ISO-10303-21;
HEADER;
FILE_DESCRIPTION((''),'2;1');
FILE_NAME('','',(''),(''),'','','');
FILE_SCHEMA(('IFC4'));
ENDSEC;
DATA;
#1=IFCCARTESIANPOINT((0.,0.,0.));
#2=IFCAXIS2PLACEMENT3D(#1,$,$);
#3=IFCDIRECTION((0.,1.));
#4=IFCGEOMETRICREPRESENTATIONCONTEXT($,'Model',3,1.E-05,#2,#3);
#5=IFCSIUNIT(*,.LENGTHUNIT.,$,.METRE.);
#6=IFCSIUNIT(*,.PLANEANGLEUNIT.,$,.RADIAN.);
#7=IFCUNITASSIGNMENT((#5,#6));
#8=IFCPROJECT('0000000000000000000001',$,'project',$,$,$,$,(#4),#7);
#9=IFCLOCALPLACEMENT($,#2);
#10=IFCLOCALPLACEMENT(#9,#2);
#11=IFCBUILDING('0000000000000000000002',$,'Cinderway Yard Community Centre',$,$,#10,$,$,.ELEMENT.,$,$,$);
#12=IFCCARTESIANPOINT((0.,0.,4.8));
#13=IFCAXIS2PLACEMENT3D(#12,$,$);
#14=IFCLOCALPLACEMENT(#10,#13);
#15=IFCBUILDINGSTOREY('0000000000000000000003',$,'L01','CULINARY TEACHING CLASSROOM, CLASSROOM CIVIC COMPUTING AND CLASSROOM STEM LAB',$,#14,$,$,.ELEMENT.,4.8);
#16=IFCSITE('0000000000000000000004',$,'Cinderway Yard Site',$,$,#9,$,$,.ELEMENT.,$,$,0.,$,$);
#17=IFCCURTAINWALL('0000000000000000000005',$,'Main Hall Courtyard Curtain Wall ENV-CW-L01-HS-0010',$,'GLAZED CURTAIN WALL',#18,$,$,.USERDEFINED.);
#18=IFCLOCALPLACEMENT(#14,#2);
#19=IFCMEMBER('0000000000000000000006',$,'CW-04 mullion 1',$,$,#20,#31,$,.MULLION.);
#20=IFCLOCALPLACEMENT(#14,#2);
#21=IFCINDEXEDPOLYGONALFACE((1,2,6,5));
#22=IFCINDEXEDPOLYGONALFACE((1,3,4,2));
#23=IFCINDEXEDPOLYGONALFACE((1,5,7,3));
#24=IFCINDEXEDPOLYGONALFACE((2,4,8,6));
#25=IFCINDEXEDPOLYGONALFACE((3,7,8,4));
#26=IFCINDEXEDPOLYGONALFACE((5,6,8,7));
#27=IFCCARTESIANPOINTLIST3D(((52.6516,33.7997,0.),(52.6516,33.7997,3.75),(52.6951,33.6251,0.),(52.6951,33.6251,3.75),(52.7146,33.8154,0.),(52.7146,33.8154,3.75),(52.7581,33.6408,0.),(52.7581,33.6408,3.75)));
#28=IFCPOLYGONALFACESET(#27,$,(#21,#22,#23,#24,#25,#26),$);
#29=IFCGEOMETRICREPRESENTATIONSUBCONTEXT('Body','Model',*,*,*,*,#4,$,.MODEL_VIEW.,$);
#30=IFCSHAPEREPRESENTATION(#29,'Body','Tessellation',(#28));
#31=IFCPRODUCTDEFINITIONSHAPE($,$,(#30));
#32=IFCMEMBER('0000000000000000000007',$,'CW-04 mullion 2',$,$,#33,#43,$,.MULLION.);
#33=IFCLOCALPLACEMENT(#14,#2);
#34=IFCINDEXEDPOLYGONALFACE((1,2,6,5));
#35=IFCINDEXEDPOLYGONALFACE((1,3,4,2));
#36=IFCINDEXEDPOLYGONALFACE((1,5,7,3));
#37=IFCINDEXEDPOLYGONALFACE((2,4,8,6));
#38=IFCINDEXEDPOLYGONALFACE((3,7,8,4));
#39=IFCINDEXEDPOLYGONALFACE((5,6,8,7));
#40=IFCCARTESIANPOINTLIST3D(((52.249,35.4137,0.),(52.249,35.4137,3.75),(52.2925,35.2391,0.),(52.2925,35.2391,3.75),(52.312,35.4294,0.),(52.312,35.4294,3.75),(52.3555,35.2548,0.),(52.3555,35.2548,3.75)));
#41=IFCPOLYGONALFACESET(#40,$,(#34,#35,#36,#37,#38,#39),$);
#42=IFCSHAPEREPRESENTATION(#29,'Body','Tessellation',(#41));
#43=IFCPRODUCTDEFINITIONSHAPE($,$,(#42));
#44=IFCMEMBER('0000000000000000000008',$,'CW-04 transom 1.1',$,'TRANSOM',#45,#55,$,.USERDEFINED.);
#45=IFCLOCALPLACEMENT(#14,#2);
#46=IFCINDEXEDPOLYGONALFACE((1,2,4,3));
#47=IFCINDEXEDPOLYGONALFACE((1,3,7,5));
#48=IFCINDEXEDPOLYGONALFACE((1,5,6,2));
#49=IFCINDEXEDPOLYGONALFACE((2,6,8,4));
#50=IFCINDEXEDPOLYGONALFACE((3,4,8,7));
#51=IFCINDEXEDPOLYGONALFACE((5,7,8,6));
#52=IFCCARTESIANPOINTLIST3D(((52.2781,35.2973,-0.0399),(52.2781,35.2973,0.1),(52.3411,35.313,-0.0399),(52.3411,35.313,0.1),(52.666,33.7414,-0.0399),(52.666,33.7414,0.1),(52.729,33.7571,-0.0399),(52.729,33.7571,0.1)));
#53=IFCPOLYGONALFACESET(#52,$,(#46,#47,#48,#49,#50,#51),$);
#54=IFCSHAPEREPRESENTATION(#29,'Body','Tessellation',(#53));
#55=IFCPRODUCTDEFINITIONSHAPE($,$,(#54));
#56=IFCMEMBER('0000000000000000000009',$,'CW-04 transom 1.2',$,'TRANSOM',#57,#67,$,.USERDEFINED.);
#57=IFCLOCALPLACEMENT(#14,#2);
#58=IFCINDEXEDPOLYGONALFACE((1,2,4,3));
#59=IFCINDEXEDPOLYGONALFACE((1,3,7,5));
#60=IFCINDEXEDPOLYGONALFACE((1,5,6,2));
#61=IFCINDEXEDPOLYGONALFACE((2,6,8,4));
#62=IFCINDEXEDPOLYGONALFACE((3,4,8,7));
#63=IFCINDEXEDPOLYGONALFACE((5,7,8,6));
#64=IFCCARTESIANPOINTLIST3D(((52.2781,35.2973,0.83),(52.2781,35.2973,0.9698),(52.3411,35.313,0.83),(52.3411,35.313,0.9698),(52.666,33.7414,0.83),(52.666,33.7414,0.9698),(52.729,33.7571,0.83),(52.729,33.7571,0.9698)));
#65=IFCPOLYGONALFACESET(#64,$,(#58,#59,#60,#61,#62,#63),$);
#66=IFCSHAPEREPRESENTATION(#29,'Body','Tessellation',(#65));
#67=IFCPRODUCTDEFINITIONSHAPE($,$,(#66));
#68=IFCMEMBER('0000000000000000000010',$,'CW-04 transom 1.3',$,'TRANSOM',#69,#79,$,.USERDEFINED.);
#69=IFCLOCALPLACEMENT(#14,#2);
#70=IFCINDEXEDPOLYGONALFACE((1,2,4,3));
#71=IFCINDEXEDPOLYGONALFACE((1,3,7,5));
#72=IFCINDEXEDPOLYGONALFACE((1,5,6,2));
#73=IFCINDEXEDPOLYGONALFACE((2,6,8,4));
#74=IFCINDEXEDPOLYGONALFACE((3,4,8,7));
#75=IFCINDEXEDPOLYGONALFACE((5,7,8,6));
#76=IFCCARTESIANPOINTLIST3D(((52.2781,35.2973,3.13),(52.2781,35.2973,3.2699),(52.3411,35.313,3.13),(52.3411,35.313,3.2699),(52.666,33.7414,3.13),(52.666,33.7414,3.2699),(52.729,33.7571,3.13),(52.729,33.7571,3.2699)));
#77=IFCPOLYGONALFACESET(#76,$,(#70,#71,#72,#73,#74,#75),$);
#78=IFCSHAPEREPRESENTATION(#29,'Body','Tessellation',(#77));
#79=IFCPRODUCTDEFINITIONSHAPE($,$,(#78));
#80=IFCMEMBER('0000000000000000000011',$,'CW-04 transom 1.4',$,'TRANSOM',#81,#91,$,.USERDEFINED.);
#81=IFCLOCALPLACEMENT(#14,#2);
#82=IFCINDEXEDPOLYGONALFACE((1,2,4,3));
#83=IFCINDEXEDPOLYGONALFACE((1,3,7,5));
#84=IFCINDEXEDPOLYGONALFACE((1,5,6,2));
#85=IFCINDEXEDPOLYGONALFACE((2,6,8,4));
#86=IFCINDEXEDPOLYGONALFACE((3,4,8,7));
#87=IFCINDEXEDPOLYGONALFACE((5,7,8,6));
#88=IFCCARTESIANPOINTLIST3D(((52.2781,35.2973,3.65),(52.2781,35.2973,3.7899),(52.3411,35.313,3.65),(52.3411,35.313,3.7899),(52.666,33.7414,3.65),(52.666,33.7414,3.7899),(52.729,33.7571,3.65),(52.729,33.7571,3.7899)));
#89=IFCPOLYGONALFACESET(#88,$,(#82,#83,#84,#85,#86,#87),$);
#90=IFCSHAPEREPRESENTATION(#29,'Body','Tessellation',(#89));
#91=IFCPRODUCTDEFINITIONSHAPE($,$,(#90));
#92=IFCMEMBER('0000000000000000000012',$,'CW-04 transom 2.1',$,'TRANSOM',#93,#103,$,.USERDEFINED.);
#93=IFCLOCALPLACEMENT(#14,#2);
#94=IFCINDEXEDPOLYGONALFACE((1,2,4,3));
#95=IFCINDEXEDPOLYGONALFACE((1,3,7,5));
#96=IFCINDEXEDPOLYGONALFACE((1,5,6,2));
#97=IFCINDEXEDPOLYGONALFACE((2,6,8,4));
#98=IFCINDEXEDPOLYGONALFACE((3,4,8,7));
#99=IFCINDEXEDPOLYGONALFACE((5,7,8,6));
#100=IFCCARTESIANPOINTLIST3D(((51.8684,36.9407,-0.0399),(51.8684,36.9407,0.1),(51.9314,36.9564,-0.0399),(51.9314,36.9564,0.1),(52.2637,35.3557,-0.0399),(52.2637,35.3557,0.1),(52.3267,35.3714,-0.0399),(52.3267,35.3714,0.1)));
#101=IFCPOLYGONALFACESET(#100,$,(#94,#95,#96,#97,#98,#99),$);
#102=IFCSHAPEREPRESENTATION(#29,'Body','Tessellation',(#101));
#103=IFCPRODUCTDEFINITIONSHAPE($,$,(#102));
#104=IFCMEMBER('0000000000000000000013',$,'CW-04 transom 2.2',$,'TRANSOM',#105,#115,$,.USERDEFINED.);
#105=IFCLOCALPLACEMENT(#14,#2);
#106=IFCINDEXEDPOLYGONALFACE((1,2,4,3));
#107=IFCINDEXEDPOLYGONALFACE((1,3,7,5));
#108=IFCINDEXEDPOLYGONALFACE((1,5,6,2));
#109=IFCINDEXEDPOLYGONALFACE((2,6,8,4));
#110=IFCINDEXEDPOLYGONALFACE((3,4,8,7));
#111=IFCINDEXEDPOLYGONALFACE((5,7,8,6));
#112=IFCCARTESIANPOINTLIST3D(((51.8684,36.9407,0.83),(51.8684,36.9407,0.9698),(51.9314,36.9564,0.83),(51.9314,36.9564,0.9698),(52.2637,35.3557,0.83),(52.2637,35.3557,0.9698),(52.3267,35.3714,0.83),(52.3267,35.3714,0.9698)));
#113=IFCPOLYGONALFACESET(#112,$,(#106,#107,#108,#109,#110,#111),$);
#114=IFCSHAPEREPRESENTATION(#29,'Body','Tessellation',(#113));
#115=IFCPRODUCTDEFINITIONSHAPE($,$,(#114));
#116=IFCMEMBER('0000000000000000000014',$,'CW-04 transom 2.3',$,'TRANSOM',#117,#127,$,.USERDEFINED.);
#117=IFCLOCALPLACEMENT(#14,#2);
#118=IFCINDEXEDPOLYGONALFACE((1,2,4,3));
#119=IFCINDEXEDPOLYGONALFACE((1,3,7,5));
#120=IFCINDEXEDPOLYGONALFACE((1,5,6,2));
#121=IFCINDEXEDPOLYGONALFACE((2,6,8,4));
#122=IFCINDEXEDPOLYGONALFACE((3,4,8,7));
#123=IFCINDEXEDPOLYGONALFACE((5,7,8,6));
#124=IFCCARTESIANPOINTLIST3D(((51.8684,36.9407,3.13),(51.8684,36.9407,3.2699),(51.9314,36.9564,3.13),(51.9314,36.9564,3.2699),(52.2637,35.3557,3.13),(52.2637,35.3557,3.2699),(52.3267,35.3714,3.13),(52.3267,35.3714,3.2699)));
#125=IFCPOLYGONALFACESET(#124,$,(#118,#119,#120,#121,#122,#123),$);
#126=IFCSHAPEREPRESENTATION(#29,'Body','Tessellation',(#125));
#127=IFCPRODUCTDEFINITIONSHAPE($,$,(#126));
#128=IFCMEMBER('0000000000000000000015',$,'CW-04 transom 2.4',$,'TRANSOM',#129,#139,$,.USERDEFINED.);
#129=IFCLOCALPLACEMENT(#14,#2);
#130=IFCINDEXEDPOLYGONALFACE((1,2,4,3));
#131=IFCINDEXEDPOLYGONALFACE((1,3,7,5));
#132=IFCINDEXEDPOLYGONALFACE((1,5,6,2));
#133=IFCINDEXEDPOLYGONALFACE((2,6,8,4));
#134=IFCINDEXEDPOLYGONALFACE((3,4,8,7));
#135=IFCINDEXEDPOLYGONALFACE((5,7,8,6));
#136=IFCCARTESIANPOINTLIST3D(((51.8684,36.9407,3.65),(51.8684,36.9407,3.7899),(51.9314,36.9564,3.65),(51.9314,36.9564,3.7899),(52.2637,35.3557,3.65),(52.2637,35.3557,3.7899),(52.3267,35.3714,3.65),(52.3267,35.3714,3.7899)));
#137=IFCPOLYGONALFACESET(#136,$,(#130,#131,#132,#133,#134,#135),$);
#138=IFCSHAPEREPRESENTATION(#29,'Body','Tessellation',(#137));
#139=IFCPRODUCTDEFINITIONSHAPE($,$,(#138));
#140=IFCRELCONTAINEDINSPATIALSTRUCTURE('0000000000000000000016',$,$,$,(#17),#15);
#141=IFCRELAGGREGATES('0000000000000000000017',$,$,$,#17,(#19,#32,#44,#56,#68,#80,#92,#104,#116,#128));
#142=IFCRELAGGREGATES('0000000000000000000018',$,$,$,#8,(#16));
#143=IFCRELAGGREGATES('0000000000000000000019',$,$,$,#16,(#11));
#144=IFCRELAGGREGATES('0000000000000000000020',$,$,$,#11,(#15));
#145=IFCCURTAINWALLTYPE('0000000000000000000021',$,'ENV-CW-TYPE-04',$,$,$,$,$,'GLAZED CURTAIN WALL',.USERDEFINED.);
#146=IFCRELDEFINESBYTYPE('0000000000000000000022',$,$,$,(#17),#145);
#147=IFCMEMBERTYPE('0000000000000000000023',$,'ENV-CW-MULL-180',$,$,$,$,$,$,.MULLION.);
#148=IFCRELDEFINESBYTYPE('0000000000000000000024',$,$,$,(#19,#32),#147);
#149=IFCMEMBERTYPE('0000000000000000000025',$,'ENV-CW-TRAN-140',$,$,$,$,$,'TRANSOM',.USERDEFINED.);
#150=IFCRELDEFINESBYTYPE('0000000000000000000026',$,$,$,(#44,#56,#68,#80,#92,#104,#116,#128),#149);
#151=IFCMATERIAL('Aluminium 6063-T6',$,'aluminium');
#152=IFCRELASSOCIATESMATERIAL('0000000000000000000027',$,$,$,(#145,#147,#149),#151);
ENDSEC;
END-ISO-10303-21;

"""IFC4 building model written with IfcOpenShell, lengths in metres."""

from ifc_helpers import new_model, si_unit, direction, frame, origin, origin_2d, place, context, subcontext, project, spatial, rectangle, extrude, material, material_profile, profile_set, type_object, element, aggregate, save


model = new_model("IFC4")

# Units and contexts
model_context = context("Model", 3, precision=1e-05, world=origin(), true_north=direction((0.0, 1.0)))
body_context = subcontext(model_context, "Body", "Model", "MODEL_VIEW")
ifc_project = project(units=[si_unit("LENGTHUNIT", "METRE"), si_unit("PLANEANGLEUNIT", "RADIAN")], contexts=[model_context])

# Site, building, storey
site_placement = place(None, origin())
site = spatial("IfcSite", under=ifc_project, at=site_placement, Name="Cinderway Yard Site", CompositionType="ELEMENT", RefElevation=0.0)
building_placement = place(site_placement, origin())
building = spatial("IfcBuilding", under=site, at=building_placement, Name="Cinderway Yard Community Centre", CompositionType="ELEMENT")
storey_placement = place(building_placement, frame((0.0, 0.0, 4.8)))
storey = spatial("IfcBuildingStorey", under=building, at=storey_placement, Name="L01", Description="CULINARY TEACHING CLASSROOM, CLASSROOM CIVIC COMPUTING AND CLASSROOM STEM LAB", CompositionType="ELEMENT", Elevation=4.8)

# Curtain wall, members
ifc_material_1 = material(Name="Aluminium 6063-T6", Category="aluminium")
curtain_wall_type = type_object("IfcCurtainWallType", Name="ENV-CW-TYPE-04", ElementType="GLAZED CURTAIN WALL", PredefinedType="USERDEFINED", material=ifc_material_1)
curtain_wall_placement = place(storey_placement, origin())
curtain_wall = element("IfcCurtainWall", 1, at=curtain_wall_placement, inside=storey, type_object=curtain_wall_type, Name="Main Hall Courtyard Curtain Wall ENV-CW-L01-HS-0010", ObjectType="GLAZED CURTAIN WALL", PredefinedType="USERDEFINED")
ifc_material_profile_1 = material_profile(ifc_material_1, rectangle(XDim=0.0649, YDim=0.1799, at=origin_2d()), Name="Aluminium 6063-T6")
ifc_profile_set_1 = profile_set([ifc_material_profile_1], Name="Aluminium 6063-T6")
member_type_1 = type_object("IfcMemberType", Name="ENV-CW-MULL-180", PredefinedType="MULLION", material=ifc_profile_set_1)
member_1_placement = place(storey_placement, frame((52.7048, 33.7202, 0.0), z_axis=(0.0, 0.0, 1.0), x_axis=(-0.970304, -0.241887, 0.0)))
member_1 = element("IfcMember", 2, at=member_1_placement, type_object=member_type_1, Name="CW-04 mullion 1", PredefinedType="MULLION", context=body_context, shape_type="SweptSolid", body=[
    extrude(rectangle(XDim=0.0649, YDim=0.1799, at=origin_2d()), origin(), (0.0, 0.0, 1.0), 3.75),
])
member_2_placement = place(storey_placement, frame((52.3022, 35.3342, 0.0), z_axis=(0.0, 0.0, 1.0), x_axis=(-0.970304, -0.241887, 0.0)))
member_2 = element("IfcMember", 3, at=member_2_placement, type_object=member_type_1, Name="CW-04 mullion 2", PredefinedType="MULLION", context=body_context, shape_type="SweptSolid", body=[
    extrude(rectangle(XDim=0.0649, YDim=0.1799, at=origin_2d()), origin(), (0.0, 0.0, 1.0), 3.75),
])
ifc_material_profile_2 = material_profile(ifc_material_1, rectangle(XDim=0.0649, YDim=0.1399, at=origin_2d()), Name="Aluminium 6063-T6")
ifc_profile_set_2 = profile_set([ifc_material_profile_2], Name="Aluminium 6063-T6")
member_type_2 = type_object("IfcMemberType", Name="ENV-CW-TRAN-140", ElementType="TRANSOM", PredefinedType="USERDEFINED", material=ifc_profile_set_2)
member_3_placement = place(storey_placement, frame((52.6975, 33.7493, 0.03), z_axis=(-0.241927, 0.970295, 0.0), x_axis=(-0.970295, -0.241927, 0.0)))
member_3 = element("IfcMember", 4, at=member_3_placement, type_object=member_type_2, Name="CW-04 transom 1.1", ObjectType="TRANSOM", PredefinedType="USERDEFINED", context=body_context, shape_type="SweptSolid", body=[
    extrude(rectangle(XDim=0.0649, YDim=0.1399, at=origin_2d()), origin(), (0.0, 0.0, 1.0), 1.6035),
])
member_4_placement = place(storey_placement, frame((52.6975, 33.7493, 0.8999), z_axis=(-0.241927, 0.970295, 0.0), x_axis=(-0.970295, -0.241927, 0.0)))
member_4 = element("IfcMember", 5, at=member_4_placement, type_object=member_type_2, Name="CW-04 transom 1.2", ObjectType="TRANSOM", PredefinedType="USERDEFINED", context=body_context, shape_type="SweptSolid", body=[
    extrude(rectangle(XDim=0.0649, YDim=0.1399, at=origin_2d()), origin(), (0.0, 0.0, 1.0), 1.6035),
])
member_5_placement = place(storey_placement, frame((52.6975, 33.7493, 3.2), z_axis=(-0.241927, 0.970295, 0.0), x_axis=(-0.970295, -0.241927, 0.0)))
member_5 = element("IfcMember", 6, at=member_5_placement, type_object=member_type_2, Name="CW-04 transom 1.3", ObjectType="TRANSOM", PredefinedType="USERDEFINED", context=body_context, shape_type="SweptSolid", body=[
    extrude(rectangle(XDim=0.0649, YDim=0.1399, at=origin_2d()), origin(), (0.0, 0.0, 1.0), 1.6035),
])
member_6_placement = place(storey_placement, frame((52.6975, 33.7493, 3.72), z_axis=(-0.241927, 0.970295, 0.0), x_axis=(-0.970295, -0.241927, 0.0)))
member_6 = element("IfcMember", 7, at=member_6_placement, type_object=member_type_2, Name="CW-04 transom 1.4", ObjectType="TRANSOM", PredefinedType="USERDEFINED", context=body_context, shape_type="SweptSolid", body=[
    extrude(rectangle(XDim=0.0649, YDim=0.1399, at=origin_2d()), origin(), (0.0, 0.0, 1.0), 1.6035),
])
member_7_placement = place(storey_placement, frame((52.2952, 35.3635, 0.03), z_axis=(-0.241973, 0.970283, 0.0), x_axis=(-0.970283, -0.241973, 0.0)))
member_7 = element("IfcMember", 8, at=member_7_placement, type_object=member_type_2, Name="CW-04 transom 2.1", ObjectType="TRANSOM", PredefinedType="USERDEFINED", context=body_context, shape_type="SweptSolid", body=[
    extrude(rectangle(XDim=0.0649, YDim=0.1399, at=origin_2d()), origin(), (0.0, 0.0, 1.0), 1.6335),
])
member_8_placement = place(storey_placement, frame((52.2952, 35.3635, 0.8999), z_axis=(-0.241973, 0.970283, 0.0), x_axis=(-0.970283, -0.241973, 0.0)))
member_8 = element("IfcMember", 9, at=member_8_placement, type_object=member_type_2, Name="CW-04 transom 2.2", ObjectType="TRANSOM", PredefinedType="USERDEFINED", context=body_context, shape_type="SweptSolid", body=[
    extrude(rectangle(XDim=0.0649, YDim=0.1399, at=origin_2d()), origin(), (0.0, 0.0, 1.0), 1.6335),
])
member_9_placement = place(storey_placement, frame((52.2952, 35.3635, 3.2), z_axis=(-0.241973, 0.970283, 0.0), x_axis=(-0.970283, -0.241973, 0.0)))
member_9 = element("IfcMember", 10, at=member_9_placement, type_object=member_type_2, Name="CW-04 transom 2.3", ObjectType="TRANSOM", PredefinedType="USERDEFINED", context=body_context, shape_type="SweptSolid", body=[
    extrude(rectangle(XDim=0.0649, YDim=0.1399, at=origin_2d()), origin(), (0.0, 0.0, 1.0), 1.6335),
])
member_10_placement = place(storey_placement, frame((52.2952, 35.3635, 3.72), z_axis=(-0.241973, 0.970283, 0.0), x_axis=(-0.970283, -0.241973, 0.0)))
member_10 = element("IfcMember", 11, at=member_10_placement, type_object=member_type_2, Name="CW-04 transom 2.4", ObjectType="TRANSOM", PredefinedType="USERDEFINED", context=body_context, shape_type="SweptSolid", body=[
    extrude(rectangle(XDim=0.0649, YDim=0.1399, at=origin_2d()), origin(), (0.0, 0.0, 1.0), 1.6335),
])

aggregate(curtain_wall, [member_1, member_2, member_3, member_4, member_5, member_6, member_7, member_8, member_9, member_10])

save(model, "model.ifc")
